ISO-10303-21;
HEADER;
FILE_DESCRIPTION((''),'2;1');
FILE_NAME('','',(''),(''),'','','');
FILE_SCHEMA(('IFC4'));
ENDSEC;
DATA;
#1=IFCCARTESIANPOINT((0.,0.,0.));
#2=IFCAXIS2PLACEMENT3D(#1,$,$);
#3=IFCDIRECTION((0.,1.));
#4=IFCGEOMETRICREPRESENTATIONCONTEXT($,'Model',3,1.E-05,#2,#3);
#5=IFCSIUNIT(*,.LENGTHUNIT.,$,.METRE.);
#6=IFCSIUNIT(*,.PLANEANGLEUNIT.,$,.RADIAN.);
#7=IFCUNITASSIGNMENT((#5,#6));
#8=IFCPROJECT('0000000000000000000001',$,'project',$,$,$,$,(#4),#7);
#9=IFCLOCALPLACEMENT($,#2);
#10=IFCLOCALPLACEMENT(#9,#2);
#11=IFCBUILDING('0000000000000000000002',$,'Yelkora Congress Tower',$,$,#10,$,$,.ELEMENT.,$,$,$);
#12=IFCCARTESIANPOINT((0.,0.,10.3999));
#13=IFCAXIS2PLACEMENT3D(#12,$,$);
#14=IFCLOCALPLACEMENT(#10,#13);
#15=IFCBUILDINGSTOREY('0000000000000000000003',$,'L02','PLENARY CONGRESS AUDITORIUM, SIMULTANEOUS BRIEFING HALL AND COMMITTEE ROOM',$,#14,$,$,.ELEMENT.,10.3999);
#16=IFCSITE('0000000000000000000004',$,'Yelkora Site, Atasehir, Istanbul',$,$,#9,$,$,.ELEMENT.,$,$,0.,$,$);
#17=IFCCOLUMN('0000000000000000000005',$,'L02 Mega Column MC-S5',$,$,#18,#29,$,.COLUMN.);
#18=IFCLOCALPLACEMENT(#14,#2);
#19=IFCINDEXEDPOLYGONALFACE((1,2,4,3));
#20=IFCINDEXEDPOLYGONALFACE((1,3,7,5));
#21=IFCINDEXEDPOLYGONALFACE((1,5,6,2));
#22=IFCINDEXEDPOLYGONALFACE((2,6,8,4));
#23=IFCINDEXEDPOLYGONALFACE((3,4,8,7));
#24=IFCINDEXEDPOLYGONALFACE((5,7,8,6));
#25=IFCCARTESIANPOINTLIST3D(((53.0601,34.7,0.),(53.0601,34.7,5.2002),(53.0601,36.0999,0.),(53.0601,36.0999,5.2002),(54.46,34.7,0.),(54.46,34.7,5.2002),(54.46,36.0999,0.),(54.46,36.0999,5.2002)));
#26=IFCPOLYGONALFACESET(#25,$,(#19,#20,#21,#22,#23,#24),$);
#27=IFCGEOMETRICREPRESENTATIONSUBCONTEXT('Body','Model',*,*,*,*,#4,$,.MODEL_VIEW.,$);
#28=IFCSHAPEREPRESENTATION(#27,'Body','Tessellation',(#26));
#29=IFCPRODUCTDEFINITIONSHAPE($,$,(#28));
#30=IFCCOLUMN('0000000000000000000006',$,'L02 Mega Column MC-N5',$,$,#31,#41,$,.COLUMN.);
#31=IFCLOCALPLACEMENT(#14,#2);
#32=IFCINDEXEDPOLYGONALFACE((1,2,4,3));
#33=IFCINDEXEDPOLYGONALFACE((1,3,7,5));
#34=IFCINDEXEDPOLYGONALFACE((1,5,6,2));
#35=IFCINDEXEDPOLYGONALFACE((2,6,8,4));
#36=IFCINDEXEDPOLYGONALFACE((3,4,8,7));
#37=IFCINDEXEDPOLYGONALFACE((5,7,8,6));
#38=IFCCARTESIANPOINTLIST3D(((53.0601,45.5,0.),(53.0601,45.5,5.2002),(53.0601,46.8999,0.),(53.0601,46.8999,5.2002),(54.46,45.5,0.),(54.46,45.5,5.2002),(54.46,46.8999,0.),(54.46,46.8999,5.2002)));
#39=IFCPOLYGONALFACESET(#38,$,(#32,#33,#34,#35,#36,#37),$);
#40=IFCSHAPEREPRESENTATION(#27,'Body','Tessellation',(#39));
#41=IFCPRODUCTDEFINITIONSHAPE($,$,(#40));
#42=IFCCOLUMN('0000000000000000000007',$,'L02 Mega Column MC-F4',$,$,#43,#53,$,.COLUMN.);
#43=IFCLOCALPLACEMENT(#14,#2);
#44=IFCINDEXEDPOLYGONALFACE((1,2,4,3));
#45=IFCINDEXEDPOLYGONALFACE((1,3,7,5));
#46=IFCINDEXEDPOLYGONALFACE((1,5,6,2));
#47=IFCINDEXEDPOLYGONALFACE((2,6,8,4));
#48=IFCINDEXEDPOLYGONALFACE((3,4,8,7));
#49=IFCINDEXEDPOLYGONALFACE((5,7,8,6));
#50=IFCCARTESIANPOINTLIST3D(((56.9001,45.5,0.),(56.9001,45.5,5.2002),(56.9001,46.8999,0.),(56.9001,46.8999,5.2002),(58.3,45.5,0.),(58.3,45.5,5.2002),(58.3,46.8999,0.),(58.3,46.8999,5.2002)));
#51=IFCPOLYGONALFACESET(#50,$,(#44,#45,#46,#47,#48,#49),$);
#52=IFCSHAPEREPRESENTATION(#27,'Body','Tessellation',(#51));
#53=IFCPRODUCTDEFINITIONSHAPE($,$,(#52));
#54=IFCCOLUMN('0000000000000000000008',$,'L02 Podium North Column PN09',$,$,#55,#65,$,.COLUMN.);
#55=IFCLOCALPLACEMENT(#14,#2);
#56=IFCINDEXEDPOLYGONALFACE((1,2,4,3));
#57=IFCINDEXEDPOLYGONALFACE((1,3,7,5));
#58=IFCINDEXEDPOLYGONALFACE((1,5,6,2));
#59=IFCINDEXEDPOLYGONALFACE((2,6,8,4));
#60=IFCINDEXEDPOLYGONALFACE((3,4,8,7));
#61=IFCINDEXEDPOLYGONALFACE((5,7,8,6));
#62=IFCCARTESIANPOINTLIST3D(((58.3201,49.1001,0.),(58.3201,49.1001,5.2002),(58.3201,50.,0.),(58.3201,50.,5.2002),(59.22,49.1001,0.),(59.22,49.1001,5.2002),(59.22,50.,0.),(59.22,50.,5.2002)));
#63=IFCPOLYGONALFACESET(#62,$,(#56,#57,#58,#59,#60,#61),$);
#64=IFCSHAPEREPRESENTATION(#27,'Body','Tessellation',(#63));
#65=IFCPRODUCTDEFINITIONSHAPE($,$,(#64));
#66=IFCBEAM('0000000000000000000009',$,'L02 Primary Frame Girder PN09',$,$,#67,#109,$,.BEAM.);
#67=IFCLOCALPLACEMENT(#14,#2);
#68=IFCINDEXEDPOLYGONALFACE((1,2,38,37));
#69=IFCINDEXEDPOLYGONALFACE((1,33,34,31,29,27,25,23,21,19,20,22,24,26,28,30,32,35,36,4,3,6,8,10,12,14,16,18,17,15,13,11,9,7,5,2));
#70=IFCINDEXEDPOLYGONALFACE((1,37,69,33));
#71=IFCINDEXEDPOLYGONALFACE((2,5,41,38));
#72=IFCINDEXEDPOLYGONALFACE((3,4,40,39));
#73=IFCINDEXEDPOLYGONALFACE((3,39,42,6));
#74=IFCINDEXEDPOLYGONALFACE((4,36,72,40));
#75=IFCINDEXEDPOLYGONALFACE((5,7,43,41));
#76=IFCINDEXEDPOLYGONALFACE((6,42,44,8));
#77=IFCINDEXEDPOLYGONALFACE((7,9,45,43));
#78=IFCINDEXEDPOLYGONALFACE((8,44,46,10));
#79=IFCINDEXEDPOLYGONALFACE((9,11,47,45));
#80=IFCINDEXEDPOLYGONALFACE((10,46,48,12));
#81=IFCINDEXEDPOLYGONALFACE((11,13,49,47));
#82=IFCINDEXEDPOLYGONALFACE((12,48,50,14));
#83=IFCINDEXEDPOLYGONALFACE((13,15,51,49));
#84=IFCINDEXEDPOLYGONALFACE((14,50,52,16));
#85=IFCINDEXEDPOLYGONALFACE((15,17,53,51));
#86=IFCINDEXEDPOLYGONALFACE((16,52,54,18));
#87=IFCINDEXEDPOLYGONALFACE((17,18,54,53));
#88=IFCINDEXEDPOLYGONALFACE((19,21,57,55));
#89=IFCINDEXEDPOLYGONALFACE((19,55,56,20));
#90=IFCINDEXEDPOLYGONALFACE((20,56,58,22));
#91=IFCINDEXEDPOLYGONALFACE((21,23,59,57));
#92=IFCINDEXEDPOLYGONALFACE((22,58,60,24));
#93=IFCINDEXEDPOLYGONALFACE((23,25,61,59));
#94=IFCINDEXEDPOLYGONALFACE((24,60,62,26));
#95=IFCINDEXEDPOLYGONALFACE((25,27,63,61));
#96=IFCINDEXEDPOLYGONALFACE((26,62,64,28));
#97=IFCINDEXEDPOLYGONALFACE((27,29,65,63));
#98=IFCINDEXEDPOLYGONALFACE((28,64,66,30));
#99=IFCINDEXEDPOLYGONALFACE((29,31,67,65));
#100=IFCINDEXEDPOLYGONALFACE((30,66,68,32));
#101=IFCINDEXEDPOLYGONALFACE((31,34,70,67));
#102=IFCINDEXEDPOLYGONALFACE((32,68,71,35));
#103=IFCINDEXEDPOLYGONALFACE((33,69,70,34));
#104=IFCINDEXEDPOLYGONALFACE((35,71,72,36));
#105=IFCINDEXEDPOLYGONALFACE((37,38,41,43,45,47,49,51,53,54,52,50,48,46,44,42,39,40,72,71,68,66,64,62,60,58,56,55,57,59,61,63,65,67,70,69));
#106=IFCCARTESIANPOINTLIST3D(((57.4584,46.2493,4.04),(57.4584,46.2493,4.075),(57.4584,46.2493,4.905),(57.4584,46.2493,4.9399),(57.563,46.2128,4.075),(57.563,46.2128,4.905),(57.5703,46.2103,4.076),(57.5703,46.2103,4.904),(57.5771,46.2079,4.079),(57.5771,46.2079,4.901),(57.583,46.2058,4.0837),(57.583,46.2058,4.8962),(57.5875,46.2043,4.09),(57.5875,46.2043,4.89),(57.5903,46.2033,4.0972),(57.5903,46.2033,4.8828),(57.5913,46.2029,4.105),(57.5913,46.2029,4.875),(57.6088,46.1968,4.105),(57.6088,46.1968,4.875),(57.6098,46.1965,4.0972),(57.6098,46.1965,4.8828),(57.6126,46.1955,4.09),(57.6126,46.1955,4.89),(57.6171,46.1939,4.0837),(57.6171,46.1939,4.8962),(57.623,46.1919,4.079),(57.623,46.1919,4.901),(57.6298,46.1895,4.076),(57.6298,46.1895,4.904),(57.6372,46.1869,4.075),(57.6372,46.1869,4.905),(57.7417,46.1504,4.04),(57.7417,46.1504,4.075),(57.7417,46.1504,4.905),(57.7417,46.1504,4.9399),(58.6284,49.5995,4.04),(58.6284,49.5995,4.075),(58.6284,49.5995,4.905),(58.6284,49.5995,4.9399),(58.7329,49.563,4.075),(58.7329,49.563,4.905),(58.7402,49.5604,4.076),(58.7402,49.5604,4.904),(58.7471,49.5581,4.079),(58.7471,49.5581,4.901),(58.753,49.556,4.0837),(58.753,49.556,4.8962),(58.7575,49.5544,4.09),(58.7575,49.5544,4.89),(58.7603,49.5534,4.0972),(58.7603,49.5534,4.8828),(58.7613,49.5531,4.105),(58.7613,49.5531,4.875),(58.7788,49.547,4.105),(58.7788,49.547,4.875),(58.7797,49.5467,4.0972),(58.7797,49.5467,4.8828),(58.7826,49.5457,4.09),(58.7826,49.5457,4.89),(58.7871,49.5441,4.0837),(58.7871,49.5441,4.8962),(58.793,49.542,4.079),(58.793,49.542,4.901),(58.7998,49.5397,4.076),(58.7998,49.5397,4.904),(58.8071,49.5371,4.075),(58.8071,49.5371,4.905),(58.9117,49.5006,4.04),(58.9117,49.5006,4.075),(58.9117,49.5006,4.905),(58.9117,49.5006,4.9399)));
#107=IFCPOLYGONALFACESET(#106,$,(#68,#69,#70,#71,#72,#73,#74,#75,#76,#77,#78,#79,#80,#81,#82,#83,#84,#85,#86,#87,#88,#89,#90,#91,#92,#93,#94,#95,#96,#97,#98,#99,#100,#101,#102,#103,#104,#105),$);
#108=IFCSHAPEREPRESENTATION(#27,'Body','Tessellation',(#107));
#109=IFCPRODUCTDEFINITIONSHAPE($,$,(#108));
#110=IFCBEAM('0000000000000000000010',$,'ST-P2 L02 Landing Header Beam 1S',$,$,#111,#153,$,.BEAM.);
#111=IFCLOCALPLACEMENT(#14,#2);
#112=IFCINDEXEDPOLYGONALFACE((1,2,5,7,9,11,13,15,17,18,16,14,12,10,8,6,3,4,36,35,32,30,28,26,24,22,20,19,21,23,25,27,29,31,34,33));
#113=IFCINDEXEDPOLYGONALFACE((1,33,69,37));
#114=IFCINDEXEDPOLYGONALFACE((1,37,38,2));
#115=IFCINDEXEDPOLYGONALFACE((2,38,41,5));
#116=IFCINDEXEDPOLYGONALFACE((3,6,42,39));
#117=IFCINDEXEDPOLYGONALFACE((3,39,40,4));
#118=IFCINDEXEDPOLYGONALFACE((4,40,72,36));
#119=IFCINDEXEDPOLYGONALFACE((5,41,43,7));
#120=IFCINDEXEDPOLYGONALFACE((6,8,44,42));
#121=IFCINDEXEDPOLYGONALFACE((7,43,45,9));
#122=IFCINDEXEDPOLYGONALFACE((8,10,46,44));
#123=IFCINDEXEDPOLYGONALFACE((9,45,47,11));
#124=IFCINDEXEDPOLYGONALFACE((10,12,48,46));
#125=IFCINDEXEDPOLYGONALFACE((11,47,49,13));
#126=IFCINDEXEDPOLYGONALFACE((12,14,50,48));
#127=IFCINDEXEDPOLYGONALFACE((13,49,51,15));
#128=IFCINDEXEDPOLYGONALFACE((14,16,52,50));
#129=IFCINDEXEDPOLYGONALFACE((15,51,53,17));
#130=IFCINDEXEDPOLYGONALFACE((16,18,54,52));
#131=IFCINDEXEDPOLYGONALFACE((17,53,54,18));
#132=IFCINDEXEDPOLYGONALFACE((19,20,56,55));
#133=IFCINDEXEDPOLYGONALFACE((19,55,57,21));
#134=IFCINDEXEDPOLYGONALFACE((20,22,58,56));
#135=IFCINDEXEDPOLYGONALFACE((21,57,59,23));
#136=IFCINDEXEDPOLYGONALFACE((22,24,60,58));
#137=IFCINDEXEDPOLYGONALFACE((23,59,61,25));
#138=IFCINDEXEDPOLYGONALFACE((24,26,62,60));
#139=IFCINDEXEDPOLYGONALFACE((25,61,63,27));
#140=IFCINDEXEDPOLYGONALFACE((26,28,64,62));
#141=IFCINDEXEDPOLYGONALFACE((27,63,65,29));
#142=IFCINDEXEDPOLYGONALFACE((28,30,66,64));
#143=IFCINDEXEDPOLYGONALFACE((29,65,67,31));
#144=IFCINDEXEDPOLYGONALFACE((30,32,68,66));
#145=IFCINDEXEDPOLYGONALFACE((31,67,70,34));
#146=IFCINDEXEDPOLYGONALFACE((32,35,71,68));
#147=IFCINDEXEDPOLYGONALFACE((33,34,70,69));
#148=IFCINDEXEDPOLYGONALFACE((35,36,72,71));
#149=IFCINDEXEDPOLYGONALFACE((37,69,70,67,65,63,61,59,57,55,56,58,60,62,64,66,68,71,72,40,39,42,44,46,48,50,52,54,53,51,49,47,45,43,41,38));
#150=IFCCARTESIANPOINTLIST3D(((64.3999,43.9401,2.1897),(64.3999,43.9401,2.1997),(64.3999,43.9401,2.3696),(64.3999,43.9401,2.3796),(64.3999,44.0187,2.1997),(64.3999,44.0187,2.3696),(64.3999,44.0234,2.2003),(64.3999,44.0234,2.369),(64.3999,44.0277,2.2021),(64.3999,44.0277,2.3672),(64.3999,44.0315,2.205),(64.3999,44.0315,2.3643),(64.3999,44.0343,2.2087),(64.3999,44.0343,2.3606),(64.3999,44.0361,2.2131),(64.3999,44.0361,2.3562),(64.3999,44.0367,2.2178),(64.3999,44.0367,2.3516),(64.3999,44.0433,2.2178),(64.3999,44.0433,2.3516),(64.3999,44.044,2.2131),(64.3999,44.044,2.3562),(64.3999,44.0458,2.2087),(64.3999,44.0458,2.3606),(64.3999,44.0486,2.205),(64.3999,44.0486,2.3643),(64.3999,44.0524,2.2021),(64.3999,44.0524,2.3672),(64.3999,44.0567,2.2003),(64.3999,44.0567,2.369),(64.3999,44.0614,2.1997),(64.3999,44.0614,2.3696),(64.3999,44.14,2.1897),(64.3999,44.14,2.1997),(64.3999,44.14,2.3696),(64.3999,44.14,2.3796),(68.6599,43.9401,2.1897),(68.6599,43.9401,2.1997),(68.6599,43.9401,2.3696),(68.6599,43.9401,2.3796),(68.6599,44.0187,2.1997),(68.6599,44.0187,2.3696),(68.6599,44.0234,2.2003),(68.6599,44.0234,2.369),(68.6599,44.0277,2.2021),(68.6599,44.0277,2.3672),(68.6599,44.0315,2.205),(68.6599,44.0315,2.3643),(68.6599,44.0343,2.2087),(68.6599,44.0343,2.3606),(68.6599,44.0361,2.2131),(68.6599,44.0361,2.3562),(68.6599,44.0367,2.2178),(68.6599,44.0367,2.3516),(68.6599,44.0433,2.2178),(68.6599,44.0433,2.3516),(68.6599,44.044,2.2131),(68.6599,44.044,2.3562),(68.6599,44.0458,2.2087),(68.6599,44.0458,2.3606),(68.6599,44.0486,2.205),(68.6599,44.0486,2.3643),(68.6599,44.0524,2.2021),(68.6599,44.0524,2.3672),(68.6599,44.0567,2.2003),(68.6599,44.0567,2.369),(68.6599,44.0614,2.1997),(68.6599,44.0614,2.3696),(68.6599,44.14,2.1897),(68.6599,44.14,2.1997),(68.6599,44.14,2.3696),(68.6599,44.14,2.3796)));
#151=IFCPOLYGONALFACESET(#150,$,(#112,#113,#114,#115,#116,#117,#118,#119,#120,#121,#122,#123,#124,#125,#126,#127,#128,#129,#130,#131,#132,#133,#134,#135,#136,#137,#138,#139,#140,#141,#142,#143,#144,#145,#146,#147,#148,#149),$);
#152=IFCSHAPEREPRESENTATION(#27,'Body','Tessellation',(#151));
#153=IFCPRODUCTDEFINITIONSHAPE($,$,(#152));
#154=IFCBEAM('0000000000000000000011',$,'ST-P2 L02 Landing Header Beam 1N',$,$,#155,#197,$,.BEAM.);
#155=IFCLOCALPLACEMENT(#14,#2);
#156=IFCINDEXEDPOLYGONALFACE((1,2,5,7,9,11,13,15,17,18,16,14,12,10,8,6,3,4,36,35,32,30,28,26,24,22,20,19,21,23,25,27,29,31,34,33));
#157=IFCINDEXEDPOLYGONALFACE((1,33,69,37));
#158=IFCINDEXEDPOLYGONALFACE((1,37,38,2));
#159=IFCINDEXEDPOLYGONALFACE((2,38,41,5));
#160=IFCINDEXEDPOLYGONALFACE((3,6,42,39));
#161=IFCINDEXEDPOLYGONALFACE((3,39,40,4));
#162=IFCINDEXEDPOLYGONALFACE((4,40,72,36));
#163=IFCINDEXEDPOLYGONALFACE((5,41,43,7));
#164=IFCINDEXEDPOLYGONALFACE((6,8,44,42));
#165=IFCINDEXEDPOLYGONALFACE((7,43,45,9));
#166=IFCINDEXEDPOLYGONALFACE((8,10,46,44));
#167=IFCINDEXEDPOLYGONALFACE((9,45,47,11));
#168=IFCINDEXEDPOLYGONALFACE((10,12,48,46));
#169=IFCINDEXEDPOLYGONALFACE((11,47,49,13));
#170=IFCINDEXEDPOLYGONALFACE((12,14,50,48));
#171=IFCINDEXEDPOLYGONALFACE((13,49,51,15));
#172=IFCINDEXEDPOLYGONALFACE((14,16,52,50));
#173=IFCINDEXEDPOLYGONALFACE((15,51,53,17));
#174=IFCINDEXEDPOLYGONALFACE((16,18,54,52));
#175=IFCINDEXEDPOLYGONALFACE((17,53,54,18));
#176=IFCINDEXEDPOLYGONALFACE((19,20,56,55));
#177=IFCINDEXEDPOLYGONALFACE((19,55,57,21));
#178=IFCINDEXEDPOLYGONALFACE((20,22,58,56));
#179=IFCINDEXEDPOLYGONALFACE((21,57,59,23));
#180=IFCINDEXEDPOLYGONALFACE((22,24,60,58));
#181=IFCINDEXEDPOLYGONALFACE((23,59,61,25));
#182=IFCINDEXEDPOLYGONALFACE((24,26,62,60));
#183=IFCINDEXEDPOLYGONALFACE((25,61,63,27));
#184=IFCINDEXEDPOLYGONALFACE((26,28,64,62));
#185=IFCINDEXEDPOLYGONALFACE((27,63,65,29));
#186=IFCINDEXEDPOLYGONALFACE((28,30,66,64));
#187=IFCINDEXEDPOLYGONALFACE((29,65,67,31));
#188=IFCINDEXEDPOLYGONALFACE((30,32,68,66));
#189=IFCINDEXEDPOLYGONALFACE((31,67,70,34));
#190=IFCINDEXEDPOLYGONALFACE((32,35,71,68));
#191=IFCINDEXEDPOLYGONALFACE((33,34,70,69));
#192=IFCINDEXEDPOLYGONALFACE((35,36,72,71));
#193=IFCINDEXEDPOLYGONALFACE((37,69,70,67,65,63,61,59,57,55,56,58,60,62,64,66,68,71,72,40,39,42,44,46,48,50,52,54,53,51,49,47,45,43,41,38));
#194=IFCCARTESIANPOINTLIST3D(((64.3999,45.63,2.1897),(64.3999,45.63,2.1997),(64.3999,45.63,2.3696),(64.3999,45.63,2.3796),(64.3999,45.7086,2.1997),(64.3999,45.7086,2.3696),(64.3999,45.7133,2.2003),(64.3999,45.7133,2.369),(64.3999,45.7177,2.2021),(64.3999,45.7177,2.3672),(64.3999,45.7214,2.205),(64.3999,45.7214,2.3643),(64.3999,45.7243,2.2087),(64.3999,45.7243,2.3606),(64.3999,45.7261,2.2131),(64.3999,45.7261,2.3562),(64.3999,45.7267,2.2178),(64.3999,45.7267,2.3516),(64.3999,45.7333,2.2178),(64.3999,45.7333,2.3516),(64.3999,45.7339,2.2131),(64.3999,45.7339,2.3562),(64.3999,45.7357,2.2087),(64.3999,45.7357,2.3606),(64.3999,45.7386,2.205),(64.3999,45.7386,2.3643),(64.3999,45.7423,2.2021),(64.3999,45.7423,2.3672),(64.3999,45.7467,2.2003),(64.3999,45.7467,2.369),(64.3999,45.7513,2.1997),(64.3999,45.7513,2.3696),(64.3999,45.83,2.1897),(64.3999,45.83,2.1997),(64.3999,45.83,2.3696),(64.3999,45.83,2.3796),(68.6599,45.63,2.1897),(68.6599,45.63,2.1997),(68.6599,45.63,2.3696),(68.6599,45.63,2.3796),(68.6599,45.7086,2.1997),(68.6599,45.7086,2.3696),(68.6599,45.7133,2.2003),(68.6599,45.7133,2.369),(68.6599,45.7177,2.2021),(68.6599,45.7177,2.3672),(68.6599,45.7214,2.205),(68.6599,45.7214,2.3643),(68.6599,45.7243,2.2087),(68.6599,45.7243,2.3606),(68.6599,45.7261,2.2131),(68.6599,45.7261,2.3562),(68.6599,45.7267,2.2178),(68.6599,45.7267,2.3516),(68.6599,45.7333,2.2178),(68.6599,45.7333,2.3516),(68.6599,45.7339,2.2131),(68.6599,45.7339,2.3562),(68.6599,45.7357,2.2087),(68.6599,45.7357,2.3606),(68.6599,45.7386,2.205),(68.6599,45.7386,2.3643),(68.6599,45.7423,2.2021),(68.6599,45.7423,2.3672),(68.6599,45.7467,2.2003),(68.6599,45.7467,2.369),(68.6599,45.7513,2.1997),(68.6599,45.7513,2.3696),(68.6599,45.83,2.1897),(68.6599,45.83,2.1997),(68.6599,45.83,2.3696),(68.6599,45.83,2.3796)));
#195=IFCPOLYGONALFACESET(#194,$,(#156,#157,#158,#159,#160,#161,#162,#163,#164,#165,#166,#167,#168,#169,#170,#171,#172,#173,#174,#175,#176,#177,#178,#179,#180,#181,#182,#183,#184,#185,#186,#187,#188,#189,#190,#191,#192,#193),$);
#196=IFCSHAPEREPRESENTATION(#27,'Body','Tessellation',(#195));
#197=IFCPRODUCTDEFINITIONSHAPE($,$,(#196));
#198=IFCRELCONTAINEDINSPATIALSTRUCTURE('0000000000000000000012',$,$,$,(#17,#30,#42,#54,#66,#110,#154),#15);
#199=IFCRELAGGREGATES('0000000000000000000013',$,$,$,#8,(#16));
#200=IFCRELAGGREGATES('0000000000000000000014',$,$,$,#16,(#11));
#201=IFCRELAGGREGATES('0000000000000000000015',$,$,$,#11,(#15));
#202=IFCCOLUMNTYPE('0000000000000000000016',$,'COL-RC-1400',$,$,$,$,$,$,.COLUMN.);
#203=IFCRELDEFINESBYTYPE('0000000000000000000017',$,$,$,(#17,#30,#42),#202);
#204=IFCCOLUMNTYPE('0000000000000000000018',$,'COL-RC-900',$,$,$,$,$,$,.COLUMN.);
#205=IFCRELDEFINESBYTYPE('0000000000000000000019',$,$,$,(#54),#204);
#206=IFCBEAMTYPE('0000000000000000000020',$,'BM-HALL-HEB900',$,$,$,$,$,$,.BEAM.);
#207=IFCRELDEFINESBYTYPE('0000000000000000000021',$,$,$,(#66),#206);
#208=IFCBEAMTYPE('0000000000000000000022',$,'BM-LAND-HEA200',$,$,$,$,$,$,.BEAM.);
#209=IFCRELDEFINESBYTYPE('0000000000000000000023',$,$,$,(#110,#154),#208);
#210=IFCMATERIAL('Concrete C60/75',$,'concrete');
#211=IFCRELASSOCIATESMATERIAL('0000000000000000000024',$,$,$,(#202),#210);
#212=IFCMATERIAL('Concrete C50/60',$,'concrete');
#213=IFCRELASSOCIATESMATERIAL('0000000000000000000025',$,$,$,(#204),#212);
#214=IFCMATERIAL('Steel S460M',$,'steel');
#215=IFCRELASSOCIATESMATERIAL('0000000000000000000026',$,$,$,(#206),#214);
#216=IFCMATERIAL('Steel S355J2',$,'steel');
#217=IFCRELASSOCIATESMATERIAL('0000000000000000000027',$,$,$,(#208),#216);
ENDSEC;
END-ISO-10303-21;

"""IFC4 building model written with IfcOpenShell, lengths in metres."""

from ifc_helpers import new_model, si_unit, direction, frame, origin, origin_2d, place, context, subcontext, project, spatial, rectangle, i_section, extrude, material, material_profile, profile_set, type_object, element, save


model = new_model("IFC4")

# Units and contexts
model_context = context("Model", 3, precision=1e-05, world=origin(), true_north=direction((0.0, 1.0)))
body_context = subcontext(model_context, "Body", "Model", "MODEL_VIEW")
ifc_project = project(units=[si_unit("LENGTHUNIT", "METRE"), si_unit("PLANEANGLEUNIT", "RADIAN")], contexts=[model_context])

# Site, building, storey
site_placement = place(None, origin())
site = spatial("IfcSite", under=ifc_project, at=site_placement, Name="Yelkora Site, Atasehir, Istanbul", CompositionType="ELEMENT", RefElevation=0.0)
building_placement = place(site_placement, origin())
building = spatial("IfcBuilding", under=site, at=building_placement, Name="Yelkora Congress Tower", CompositionType="ELEMENT")
storey_placement = place(building_placement, frame((0.0, 0.0, 10.3999)))
storey = spatial("IfcBuildingStorey", under=building, at=storey_placement, Name="L02", Description="PLENARY CONGRESS AUDITORIUM, SIMULTANEOUS BRIEFING HALL AND COMMITTEE ROOM", CompositionType="ELEMENT", Elevation=10.3999)

# Columns
ifc_material_1 = material(Name="Concrete C60/75", Category="concrete")
ifc_material_profile_1 = material_profile(ifc_material_1, rectangle(XDim=1.3999, YDim=1.3999, at=origin_2d()), Name="RC 1400x1400")
ifc_profile_set_1 = profile_set([ifc_material_profile_1], Name="Concrete C60/75")
column_type_1 = type_object("IfcColumnType", Name="COL-RC-1400", PredefinedType="COLUMN", material=ifc_profile_set_1)
for number, where, z_axis, x_axis, name in (
    (1, (53.76, 35.3999, 0.0), (0.0, 0.0, 1.0), (1.0, 0.0, 0.0), "L02 Mega Column MC-S5"),
    (2, (53.76, 46.2, 0.0), (0.0, 0.0, 1.0), (1.0, 0.0, 0.0), "L02 Mega Column MC-N5"),
    (3, (57.6001, 46.2, 0.0), (0.0, 0.0, 1.0), (1.0, 0.0, 0.0), "L02 Mega Column MC-F4"),
):
    element("IfcColumn", number, at=place(storey_placement, frame(where, z_axis=z_axis, x_axis=x_axis)), inside=storey, type_object=column_type_1, Name=name, PredefinedType="COLUMN", context=body_context, shape_type="SweptSolid", body=[
        extrude(rectangle(XDim=1.3999, YDim=1.3999, at=origin_2d()), origin(), (0.0, 0.0, 1.0), 5.2002),
    ])
ifc_material_2 = material(Name="Concrete C50/60", Category="concrete")
ifc_material_profile_2 = material_profile(ifc_material_2, rectangle(XDim=0.8999, YDim=0.8999, at=origin_2d()), Name="RC 900x900")
ifc_profile_set_2 = profile_set([ifc_material_profile_2], Name="Concrete C50/60")
column_type_2 = type_object("IfcColumnType", Name="COL-RC-900", PredefinedType="COLUMN", material=ifc_profile_set_2)
column_placement = place(storey_placement, frame((58.77, 49.55, 0.0), z_axis=(0.0, 0.0, 1.0), x_axis=(1.0, 0.0, 0.0)))
element("IfcColumn", 4, at=column_placement, inside=storey, type_object=column_type_2, Name="L02 Podium North Column PN09", PredefinedType="COLUMN", context=body_context, shape_type="SweptSolid", body=[
    extrude(rectangle(XDim=0.8999, YDim=0.8999, at=origin_2d()), origin(), (0.0, 0.0, 1.0), 5.2002),
])

# Beams
ifc_material_3 = material(Name="Steel S460M", Category="steel")
ifc_material_profile_3 = material_profile(ifc_material_3, i_section(OverallWidth=0.3, OverallDepth=0.8999, WebThickness=0.0186, FlangeThickness=0.0349, FilletRadius=0.03, at=origin_2d()), Name="HEB 900")
ifc_profile_set_3 = profile_set([ifc_material_profile_3], Name="Steel S460M")
beam_type_1 = type_object("IfcBeamType", Name="BM-HALL-HEB900", PredefinedType="BEAM", material=ifc_profile_set_3)
beam_1_placement = place(storey_placement, frame((58.77, 49.55, 4.49), z_axis=(-0.329695, -0.944088, 0.0), x_axis=(0.944088, -0.329695, 0.0)))
element("IfcBeam", 5, at=beam_1_placement, inside=storey, type_object=beam_type_1, Name="L02 Primary Frame Girder PN09", PredefinedType="BEAM", context=body_context, shape_type="SweptSolid", body=[
    extrude(i_section(OverallWidth=0.3, OverallDepth=0.8999, WebThickness=0.0186, FlangeThickness=0.0349, FilletRadius=0.03, at=origin_2d()), origin(), (0.0, 0.0, 1.0), 3.5486),
])
ifc_material_4 = material(Name="Steel S355J2", Category="steel")
ifc_material_profile_4 = material_profile(ifc_material_4, i_section(OverallWidth=0.2, OverallDepth=0.1899, WebThickness=0.0066, FlangeThickness=0.01, FilletRadius=0.0181, at=origin_2d()), Name="HEA 200")
ifc_profile_set_4 = profile_set([ifc_material_profile_4], Name="Steel S355J2")
beam_type_2 = type_object("IfcBeamType", Name="BM-LAND-HEA200", PredefinedType="BEAM", material=ifc_profile_set_4)
for number, where, z_axis, x_axis, name in (
    (6, (64.3999, 44.04, 2.2847), (1.0, 0.0, 0.0), (0.0, 1.0, 0.0), "ST-P2 L02 Landing Header Beam 1S"),
    (7, (64.3999, 45.73, 2.2847), (1.0, 0.0, 0.0), (0.0, 1.0, 0.0), "ST-P2 L02 Landing Header Beam 1N"),
):
    element("IfcBeam", number, at=place(storey_placement, frame(where, z_axis=z_axis, x_axis=x_axis)), inside=storey, type_object=beam_type_2, Name=name, PredefinedType="BEAM", context=body_context, shape_type="SweptSolid", body=[
        extrude(i_section(OverallWidth=0.2, OverallDepth=0.1899, WebThickness=0.0066, FlangeThickness=0.01, FilletRadius=0.0181, at=origin_2d()), origin(), (0.0, 0.0, 1.0), 4.26),
    ])

save(model, "model.ifc")
